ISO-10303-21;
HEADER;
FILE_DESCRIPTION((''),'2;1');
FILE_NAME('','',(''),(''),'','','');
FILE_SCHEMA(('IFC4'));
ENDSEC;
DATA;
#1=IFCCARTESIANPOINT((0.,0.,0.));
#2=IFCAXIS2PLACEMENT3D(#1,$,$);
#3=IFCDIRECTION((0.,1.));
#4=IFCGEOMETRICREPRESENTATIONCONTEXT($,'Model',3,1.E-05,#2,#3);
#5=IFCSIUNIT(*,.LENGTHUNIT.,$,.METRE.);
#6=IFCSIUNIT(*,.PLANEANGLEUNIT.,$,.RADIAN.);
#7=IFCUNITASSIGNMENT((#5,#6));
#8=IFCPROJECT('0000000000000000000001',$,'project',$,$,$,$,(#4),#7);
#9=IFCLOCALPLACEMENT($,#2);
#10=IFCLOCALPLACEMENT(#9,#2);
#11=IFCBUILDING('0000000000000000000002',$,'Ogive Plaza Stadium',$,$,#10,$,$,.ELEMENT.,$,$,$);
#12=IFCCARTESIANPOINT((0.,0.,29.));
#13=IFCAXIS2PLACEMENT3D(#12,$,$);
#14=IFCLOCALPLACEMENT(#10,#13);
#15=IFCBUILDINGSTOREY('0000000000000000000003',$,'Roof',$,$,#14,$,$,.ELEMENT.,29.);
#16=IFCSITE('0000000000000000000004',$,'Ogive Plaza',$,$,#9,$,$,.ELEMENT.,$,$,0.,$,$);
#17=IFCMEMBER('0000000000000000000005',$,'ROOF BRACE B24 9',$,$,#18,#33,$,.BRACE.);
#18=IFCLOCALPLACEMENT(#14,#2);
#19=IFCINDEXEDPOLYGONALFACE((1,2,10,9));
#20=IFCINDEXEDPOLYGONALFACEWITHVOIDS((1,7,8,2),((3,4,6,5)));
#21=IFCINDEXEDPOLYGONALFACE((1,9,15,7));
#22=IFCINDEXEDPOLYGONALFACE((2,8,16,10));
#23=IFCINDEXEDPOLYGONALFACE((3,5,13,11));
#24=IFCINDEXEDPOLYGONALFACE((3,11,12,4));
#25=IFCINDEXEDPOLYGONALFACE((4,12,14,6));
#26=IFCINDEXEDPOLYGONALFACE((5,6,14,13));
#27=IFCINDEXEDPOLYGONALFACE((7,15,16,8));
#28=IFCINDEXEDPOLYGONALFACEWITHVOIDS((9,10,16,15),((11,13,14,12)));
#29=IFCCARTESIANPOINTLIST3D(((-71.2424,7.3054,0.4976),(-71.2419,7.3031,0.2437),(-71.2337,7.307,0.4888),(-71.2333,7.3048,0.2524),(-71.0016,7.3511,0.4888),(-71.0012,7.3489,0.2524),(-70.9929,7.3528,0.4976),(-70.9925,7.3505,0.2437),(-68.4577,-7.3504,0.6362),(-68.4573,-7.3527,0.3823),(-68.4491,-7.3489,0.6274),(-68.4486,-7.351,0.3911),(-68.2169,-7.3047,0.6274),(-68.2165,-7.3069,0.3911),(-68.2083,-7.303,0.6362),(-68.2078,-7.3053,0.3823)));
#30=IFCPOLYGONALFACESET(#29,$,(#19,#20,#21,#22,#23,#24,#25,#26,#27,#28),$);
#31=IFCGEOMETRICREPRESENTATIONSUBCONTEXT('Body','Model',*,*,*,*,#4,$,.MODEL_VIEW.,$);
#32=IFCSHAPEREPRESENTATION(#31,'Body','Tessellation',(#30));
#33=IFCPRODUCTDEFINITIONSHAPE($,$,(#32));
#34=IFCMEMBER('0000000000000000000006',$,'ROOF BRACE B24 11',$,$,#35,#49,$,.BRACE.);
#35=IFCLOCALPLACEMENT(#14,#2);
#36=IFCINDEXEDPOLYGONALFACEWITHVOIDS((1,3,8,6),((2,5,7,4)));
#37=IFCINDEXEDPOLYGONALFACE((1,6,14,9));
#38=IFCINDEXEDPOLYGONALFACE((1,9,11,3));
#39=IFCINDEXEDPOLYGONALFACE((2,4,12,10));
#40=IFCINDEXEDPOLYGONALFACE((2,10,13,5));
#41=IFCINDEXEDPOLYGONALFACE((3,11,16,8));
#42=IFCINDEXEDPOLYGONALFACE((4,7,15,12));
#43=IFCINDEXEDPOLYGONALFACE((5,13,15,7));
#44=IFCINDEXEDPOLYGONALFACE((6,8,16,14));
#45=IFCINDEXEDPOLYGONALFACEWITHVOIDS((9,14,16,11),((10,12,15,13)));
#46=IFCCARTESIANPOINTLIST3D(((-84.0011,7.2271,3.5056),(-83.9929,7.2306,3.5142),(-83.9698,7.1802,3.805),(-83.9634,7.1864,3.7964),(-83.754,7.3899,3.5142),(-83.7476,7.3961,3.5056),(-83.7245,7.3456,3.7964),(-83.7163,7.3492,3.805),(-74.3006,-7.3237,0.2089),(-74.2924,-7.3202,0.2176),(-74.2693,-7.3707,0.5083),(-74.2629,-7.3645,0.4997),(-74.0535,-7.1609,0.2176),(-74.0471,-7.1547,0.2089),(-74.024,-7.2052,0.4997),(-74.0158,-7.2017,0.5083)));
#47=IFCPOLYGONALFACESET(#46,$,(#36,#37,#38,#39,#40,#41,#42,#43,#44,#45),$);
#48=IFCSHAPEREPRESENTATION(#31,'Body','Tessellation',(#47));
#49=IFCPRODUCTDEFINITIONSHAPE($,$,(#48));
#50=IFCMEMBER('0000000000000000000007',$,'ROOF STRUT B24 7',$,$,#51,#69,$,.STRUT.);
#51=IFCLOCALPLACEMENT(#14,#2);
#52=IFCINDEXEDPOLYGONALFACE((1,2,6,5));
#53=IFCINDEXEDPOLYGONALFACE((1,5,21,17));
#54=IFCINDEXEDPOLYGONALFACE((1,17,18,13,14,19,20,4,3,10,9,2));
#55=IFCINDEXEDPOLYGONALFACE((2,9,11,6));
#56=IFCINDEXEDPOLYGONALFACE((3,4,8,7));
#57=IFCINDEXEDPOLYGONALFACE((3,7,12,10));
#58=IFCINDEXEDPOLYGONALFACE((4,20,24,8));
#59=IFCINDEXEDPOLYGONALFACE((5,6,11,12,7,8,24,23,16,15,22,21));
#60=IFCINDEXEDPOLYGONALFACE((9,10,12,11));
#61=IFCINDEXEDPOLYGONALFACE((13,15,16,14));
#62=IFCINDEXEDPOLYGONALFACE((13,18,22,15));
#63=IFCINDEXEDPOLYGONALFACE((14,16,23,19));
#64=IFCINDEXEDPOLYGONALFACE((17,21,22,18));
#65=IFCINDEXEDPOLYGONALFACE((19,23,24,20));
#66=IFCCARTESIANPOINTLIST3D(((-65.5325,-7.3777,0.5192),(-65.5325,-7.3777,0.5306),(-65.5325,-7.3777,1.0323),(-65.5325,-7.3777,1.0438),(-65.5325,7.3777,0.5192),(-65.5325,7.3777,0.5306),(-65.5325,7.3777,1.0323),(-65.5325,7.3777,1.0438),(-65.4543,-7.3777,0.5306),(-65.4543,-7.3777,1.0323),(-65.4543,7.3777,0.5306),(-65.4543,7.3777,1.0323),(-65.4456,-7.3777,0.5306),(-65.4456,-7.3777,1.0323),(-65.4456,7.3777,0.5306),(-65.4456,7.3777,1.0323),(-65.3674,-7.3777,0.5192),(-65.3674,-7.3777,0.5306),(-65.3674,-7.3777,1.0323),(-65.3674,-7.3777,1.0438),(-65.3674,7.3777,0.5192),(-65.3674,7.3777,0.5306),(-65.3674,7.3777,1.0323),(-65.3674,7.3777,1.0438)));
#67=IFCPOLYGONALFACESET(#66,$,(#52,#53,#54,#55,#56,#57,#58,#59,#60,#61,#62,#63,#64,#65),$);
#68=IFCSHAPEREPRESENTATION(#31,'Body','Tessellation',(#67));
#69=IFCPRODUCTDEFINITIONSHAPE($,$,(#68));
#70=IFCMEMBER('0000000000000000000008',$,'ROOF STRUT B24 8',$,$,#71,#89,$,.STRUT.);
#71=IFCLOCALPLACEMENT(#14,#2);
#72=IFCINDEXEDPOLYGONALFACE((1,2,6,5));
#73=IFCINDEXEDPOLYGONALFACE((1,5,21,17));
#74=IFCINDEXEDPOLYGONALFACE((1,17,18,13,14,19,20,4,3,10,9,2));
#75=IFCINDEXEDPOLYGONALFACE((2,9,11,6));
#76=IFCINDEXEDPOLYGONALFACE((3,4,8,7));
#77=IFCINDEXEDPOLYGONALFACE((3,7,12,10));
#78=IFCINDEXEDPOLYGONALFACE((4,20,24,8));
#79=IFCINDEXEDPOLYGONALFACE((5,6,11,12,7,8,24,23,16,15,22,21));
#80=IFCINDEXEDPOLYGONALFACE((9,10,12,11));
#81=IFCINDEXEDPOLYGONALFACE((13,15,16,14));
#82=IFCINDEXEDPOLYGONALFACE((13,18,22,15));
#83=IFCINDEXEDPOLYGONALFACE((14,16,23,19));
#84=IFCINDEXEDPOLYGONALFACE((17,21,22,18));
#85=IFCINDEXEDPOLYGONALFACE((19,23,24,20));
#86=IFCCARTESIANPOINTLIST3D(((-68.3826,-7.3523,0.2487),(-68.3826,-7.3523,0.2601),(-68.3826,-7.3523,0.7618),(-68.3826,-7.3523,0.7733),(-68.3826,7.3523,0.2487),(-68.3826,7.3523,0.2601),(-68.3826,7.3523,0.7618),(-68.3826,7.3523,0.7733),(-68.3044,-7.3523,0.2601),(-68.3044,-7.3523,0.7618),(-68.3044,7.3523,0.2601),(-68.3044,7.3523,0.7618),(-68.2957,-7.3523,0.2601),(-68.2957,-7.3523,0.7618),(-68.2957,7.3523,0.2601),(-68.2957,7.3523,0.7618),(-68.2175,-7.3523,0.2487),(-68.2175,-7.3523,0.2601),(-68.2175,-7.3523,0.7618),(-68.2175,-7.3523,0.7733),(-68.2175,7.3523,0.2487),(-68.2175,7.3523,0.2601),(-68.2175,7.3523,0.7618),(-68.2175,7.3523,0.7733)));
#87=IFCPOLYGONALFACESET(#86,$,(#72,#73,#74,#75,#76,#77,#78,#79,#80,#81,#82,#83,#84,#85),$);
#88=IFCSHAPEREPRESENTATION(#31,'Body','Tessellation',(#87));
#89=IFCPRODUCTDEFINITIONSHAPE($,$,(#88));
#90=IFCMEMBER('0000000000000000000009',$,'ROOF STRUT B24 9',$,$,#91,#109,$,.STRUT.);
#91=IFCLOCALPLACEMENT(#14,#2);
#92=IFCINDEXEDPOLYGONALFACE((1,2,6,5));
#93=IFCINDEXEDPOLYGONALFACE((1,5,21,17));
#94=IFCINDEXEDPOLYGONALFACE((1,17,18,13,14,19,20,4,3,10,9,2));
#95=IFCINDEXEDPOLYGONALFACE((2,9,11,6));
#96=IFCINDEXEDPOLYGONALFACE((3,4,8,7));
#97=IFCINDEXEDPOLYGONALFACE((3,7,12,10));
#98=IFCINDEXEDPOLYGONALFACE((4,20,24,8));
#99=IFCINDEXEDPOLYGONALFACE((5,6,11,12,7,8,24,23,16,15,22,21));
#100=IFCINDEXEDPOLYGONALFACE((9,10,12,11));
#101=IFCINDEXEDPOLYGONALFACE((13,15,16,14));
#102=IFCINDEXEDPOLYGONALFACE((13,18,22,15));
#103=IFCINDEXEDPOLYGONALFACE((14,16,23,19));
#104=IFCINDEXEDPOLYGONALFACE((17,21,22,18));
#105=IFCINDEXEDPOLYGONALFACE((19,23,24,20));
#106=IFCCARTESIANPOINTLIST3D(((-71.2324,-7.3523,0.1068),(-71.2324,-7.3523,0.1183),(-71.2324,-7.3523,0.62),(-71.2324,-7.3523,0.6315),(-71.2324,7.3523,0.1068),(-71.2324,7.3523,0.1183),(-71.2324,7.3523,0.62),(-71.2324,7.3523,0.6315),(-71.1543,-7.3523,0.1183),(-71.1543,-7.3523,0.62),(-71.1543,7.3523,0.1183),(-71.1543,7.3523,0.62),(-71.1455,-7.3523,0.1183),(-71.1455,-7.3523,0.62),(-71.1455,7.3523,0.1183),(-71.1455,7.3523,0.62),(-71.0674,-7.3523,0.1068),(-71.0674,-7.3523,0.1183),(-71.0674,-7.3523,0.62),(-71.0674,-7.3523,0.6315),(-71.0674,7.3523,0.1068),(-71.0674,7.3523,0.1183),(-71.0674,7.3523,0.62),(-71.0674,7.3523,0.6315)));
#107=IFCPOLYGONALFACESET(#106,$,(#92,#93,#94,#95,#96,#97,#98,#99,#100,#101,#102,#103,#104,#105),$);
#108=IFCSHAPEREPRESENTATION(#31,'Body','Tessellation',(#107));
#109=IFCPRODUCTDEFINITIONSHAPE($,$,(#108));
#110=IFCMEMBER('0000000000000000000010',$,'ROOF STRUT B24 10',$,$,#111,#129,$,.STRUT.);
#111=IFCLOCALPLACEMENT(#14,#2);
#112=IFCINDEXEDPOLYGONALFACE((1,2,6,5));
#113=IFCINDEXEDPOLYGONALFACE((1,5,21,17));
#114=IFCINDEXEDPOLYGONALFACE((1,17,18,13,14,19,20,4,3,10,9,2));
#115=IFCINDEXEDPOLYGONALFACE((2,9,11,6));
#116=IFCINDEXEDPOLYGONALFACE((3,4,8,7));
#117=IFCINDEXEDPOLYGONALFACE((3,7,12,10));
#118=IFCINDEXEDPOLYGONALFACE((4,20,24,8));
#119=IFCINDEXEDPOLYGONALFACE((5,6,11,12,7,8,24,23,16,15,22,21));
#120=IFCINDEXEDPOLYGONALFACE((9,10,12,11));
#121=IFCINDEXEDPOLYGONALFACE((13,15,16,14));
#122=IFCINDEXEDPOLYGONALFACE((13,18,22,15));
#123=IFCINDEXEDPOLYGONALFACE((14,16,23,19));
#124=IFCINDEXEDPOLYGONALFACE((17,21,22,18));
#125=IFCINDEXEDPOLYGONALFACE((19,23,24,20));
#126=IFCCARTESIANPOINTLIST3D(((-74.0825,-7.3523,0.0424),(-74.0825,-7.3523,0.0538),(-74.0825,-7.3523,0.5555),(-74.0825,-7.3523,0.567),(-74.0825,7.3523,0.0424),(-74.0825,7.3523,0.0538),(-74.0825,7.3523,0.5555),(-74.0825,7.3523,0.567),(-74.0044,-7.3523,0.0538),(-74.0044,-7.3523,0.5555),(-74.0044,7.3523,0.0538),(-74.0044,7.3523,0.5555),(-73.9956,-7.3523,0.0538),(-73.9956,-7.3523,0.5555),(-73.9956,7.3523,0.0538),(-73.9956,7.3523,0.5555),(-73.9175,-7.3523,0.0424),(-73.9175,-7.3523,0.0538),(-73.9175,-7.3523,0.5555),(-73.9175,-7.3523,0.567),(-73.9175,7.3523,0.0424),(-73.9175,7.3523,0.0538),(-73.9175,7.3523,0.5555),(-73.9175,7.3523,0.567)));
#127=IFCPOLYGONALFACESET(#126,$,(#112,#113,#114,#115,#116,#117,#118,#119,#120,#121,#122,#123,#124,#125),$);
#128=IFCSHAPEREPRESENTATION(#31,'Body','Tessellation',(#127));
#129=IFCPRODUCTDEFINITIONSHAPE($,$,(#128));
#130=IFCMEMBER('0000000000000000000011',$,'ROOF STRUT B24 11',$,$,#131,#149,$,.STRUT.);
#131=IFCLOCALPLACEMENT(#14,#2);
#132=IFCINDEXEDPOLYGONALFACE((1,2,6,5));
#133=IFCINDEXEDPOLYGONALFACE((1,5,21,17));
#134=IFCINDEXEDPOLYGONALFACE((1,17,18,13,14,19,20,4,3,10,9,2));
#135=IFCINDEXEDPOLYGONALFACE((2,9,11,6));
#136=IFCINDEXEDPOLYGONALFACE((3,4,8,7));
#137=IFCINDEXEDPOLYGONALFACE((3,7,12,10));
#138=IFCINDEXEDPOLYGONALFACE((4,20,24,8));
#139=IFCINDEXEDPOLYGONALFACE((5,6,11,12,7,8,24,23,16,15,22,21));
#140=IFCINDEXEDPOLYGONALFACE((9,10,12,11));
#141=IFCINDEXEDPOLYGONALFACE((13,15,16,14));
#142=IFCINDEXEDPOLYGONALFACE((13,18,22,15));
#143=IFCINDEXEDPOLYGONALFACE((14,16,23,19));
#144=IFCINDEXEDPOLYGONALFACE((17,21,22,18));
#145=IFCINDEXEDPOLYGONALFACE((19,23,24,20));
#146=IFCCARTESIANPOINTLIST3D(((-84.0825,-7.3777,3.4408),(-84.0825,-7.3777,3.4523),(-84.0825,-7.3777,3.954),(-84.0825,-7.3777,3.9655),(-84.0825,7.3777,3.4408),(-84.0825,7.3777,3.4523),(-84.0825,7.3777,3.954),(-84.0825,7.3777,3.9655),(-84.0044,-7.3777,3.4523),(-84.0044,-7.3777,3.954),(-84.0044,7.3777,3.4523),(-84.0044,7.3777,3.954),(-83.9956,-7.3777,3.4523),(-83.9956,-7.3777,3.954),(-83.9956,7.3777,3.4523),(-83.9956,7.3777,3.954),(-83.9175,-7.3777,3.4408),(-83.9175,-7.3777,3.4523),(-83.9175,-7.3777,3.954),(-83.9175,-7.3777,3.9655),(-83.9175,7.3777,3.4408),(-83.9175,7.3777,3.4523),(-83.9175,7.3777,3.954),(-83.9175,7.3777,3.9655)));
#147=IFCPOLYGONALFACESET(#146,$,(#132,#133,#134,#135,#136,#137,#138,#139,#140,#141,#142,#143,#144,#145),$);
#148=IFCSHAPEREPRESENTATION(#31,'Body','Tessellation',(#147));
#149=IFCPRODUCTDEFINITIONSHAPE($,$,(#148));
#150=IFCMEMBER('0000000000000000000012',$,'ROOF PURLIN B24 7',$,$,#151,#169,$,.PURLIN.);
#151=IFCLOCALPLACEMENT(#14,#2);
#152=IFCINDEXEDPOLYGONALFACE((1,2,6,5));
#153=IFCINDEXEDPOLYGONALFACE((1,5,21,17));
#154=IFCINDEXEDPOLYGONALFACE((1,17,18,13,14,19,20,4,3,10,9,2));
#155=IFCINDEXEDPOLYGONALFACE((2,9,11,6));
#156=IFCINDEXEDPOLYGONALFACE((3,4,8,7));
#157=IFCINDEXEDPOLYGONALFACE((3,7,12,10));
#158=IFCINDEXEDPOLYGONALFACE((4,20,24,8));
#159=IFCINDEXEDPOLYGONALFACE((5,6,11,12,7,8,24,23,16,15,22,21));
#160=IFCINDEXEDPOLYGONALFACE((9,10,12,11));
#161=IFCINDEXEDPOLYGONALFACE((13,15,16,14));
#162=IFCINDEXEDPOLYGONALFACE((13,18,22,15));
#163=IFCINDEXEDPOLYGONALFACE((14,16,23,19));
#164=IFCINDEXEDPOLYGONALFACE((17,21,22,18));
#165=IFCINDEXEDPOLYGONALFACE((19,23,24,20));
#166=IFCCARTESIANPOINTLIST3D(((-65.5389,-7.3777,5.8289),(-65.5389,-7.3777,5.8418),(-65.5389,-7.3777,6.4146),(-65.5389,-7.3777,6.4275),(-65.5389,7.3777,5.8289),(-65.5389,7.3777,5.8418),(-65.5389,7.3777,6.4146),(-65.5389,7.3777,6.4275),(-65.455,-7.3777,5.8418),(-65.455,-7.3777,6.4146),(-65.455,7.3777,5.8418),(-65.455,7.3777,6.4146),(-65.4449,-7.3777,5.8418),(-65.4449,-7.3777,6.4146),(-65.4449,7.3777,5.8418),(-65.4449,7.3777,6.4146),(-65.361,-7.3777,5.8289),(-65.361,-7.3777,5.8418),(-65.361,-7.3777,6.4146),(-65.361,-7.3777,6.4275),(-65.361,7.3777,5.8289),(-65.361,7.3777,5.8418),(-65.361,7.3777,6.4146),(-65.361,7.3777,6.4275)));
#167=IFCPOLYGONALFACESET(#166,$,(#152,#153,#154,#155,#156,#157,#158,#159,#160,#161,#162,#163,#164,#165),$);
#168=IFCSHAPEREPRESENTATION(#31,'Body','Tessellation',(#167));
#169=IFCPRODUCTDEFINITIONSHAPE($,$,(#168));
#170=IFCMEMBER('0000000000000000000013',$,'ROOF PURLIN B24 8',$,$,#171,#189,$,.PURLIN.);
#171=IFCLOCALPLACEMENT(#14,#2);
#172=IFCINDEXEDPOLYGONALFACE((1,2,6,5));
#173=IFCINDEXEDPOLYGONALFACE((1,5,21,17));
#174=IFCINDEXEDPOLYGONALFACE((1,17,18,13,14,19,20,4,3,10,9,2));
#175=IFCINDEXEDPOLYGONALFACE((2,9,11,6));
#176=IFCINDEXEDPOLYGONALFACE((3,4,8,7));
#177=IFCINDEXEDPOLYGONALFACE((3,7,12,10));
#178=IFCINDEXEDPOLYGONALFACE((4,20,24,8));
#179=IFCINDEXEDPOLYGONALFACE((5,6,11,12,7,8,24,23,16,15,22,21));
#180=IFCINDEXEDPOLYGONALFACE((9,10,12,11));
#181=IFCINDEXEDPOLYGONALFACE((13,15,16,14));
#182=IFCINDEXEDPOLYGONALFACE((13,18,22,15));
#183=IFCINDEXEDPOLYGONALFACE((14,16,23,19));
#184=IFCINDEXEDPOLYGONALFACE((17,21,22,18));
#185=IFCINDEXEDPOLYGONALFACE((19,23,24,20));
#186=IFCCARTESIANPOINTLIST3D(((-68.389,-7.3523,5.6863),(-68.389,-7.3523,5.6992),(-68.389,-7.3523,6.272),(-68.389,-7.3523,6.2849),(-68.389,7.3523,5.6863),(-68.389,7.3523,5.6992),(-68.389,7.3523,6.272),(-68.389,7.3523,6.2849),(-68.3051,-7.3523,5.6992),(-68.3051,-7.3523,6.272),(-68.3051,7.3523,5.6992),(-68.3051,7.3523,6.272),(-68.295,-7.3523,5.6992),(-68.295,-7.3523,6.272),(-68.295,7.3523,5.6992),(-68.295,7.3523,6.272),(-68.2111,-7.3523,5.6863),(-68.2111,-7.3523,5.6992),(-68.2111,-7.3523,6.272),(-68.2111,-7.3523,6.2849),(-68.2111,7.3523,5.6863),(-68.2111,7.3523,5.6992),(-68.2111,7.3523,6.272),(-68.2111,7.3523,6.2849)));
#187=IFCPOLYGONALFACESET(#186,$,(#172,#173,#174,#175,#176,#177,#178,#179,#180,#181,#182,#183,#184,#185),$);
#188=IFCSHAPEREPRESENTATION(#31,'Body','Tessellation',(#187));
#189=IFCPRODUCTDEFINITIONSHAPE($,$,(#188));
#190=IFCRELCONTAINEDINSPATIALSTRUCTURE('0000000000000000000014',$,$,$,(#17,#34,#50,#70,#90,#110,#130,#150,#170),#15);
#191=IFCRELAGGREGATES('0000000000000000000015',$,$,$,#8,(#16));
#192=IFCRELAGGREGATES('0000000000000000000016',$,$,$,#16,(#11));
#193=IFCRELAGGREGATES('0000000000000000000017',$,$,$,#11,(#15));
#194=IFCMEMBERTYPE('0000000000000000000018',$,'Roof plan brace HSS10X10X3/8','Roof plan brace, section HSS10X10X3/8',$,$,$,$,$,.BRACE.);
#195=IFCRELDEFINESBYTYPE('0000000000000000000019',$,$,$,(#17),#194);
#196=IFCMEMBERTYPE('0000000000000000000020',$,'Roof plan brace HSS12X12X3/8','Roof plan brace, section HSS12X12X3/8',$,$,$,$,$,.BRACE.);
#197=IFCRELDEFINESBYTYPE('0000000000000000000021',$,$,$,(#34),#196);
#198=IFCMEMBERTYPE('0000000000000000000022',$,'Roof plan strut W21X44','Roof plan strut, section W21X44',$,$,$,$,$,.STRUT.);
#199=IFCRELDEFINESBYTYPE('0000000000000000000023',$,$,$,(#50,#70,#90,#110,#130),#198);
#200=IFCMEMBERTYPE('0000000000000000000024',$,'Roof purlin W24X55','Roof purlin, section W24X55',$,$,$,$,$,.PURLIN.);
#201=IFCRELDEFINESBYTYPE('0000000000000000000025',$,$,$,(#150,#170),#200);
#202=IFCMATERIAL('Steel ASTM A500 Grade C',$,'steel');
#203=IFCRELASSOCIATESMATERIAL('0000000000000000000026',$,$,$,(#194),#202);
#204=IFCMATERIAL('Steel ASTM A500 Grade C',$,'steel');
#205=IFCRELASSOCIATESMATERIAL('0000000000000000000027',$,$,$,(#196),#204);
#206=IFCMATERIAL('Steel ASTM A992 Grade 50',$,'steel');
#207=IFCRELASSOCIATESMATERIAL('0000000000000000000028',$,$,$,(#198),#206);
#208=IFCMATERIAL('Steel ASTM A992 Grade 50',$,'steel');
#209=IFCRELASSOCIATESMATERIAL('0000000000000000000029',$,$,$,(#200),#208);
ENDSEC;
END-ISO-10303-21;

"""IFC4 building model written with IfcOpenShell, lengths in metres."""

from ifc_helpers import new_model, si_unit, direction, frame, origin, origin_2d, place, context, subcontext, project, spatial, hollow_rectangle, i_section, extrude, material, material_profile, profile_set, type_object, element, save


model = new_model("IFC4")

# Units and contexts
model_context = context("Model", 3, precision=1e-05, world=origin(), true_north=direction((0.0, 1.0)))
body_context = subcontext(model_context, "Body", "Model", "MODEL_VIEW")
ifc_project = project(units=[si_unit("LENGTHUNIT", "METRE"), si_unit("PLANEANGLEUNIT", "RADIAN")], contexts=[model_context])

# Site, building, storey
site_placement = place(None, origin())
site = spatial("IfcSite", under=ifc_project, at=site_placement, Name="Ogive Plaza", CompositionType="ELEMENT", RefElevation=0.0)
building_placement = place(site_placement, origin())
building = spatial("IfcBuilding", under=site, at=building_placement, Name="Ogive Plaza Stadium", CompositionType="ELEMENT")
storey_placement = place(building_placement, frame((0.0, 0.0, 29.0)))
storey = spatial("IfcBuildingStorey", under=building, at=storey_placement, Name="Roof", CompositionType="ELEMENT", Elevation=29.0)

# Members
ifc_material_1 = material(Name="Steel ASTM A500 Grade C", Category="steel")
ifc_material_profile_1 = material_profile(ifc_material_1, hollow_rectangle(XDim=0.2539, YDim=0.2539, WallThickness=0.0088, at=origin_2d()), Name="HSS10X10X3/8")
ifc_profile_set_1 = profile_set([ifc_material_profile_1], Name="Steel ASTM A500 Grade C")
member_type_1 = type_object("IfcMemberType", Name="Roof plan brace HSS10X10X3/8", Description="Roof plan brace, section HSS10X10X3/8", PredefinedType="BRACE", material=ifc_profile_set_1)
member_1_placement = place(storey_placement, frame((-68.3328, -7.3279, 0.5093), z_axis=(-0.186657, 0.982381, -0.009295), x_axis=(-0.982424, -0.186665, 0.0)))
element("IfcMember", 1, at=member_1_placement, inside=storey, type_object=member_type_1, Name="ROOF BRACE B24 9", PredefinedType="BRACE", context=body_context, shape_type="SweptSolid", body=[
    extrude(hollow_rectangle(XDim=0.2539, YDim=0.2539, WallThickness=0.0088, at=origin_2d()), origin(), (0.0, 0.0, 1.0), 14.9187),
])
ifc_material_2 = material(Name="Steel ASTM A500 Grade C", Category="steel")
ifc_material_profile_2 = material_profile(ifc_material_2, hollow_rectangle(XDim=0.3047, YDim=0.3047, WallThickness=0.0088, at=origin_2d()), Name="HSS12X12X3/8")
ifc_profile_set_2 = profile_set([ifc_material_profile_2], Name="Steel ASTM A500 Grade C")
member_type_2 = type_object("IfcMemberType", Name="Roof plan brace HSS12X12X3/8", Description="Roof plan brace, section HSS12X12X3/8", PredefinedType="BRACE", material=ifc_profile_set_2)
member_2_placement = place(storey_placement, frame((-74.1582, -7.2627, 0.3586), z_axis=(-0.545096, 0.817651, 0.185247), x_axis=(-0.832052, -0.554697, 0.0)))
element("IfcMember", 2, at=member_2_placement, inside=storey, type_object=member_type_2, Name="ROOF BRACE B24 11", PredefinedType="BRACE", context=body_context, shape_type="SweptSolid", body=[
    extrude(hollow_rectangle(XDim=0.3047, YDim=0.3047, WallThickness=0.0088, at=origin_2d()), origin(), (0.0, 0.0, 1.0), 17.7959),
])
ifc_material_3 = material(Name="Steel ASTM A992 Grade 50", Category="steel")
ifc_material_profile_3 = material_profile(ifc_material_3, i_section(OverallWidth=0.165, OverallDepth=0.5247, WebThickness=0.0088, FlangeThickness=0.0115, at=origin_2d()), Name="W21X44")
ifc_profile_set_3 = profile_set([ifc_material_profile_3], Name="Steel ASTM A992 Grade 50")
member_type_3 = type_object("IfcMemberType", Name="Roof plan strut W21X44", Description="Roof plan strut, section W21X44", PredefinedType="STRUT", material=ifc_profile_set_3)
member_3_placement = place(storey_placement, frame((-65.45, -7.3777, 0.7815), z_axis=(0.0, 1.0, 0.0), x_axis=(-1.0, 0.0, 0.0)))
element("IfcMember", 3, at=member_3_placement, inside=storey, type_object=member_type_3, Name="ROOF STRUT B24 7", PredefinedType="STRUT", context=body_context, shape_type="SweptSolid", body=[
    extrude(i_section(OverallWidth=0.165, OverallDepth=0.5247, WebThickness=0.0088, FlangeThickness=0.0115, at=origin_2d()), origin(), (0.0, 0.0, 1.0), 14.7554),
])
for number, where, z_axis, x_axis, name in (
    (4, (-68.3, -7.3523, 0.511), (0.0, 1.0, 0.0), (-1.0, 0.0, 0.0), "ROOF STRUT B24 8"),
    (5, (-71.1499, -7.3523, 0.3691), (0.0, 1.0, 0.0), (-1.0, 0.0, 0.0), "ROOF STRUT B24 9"),
    (6, (-74.0, -7.3523, 0.3047), (0.0, 1.0, 0.0), (-1.0, 0.0, 0.0), "ROOF STRUT B24 10"),
):
    element("IfcMember", number, at=place(storey_placement, frame(where, z_axis=z_axis, x_axis=x_axis)), inside=storey, type_object=member_type_3, Name=name, PredefinedType="STRUT", context=body_context, shape_type="SweptSolid", body=[
        extrude(i_section(OverallWidth=0.165, OverallDepth=0.5247, WebThickness=0.0088, FlangeThickness=0.0115, at=origin_2d()), origin(), (0.0, 0.0, 1.0), 14.7046),
    ])
member_4_placement = place(storey_placement, frame((-84.0, -7.3777, 3.7031), z_axis=(0.0, 1.0, 0.0), x_axis=(-1.0, 0.0, 0.0)))
element("IfcMember", 7, at=member_4_placement, inside=storey, type_object=member_type_3, Name="ROOF STRUT B24 11", PredefinedType="STRUT", context=body_context, shape_type="SweptSolid", body=[
    extrude(i_section(OverallWidth=0.165, OverallDepth=0.5247, WebThickness=0.0088, FlangeThickness=0.0115, at=origin_2d()), origin(), (0.0, 0.0, 1.0), 14.7554),
])
ifc_material_4 = material(Name="Steel ASTM A992 Grade 50", Category="steel")
ifc_material_profile_4 = material_profile(ifc_material_4, i_section(OverallWidth=0.178, OverallDepth=0.5986, WebThickness=0.01, FlangeThickness=0.0129, at=origin_2d()), Name="W24X55")
ifc_profile_set_4 = profile_set([ifc_material_profile_4], Name="Steel ASTM A992 Grade 50")
member_type_4 = type_object("IfcMemberType", Name="Roof purlin W24X55", Description="Roof purlin, section W24X55", PredefinedType="PURLIN", material=ifc_profile_set_4)
member_5_placement = place(storey_placement, frame((-65.45, -7.3777, 6.1282), z_axis=(0.0, 1.0, 0.0), x_axis=(-1.0, 0.0, 0.0)))
element("IfcMember", 8, at=member_5_placement, inside=storey, type_object=member_type_4, Name="ROOF PURLIN B24 7", PredefinedType="PURLIN", context=body_context, shape_type="SweptSolid", body=[
    extrude(i_section(OverallWidth=0.178, OverallDepth=0.5986, WebThickness=0.01, FlangeThickness=0.0129, at=origin_2d()), origin(), (0.0, 0.0, 1.0), 14.7554),
])
for number, where, z_axis, x_axis, name in (
    (9, (-68.3, -7.3523, 5.9856), (0.0, 1.0, 0.0), (-1.0, 0.0, 0.0), "ROOF PURLIN B24 8"),
):
    element("IfcMember", number, at=place(storey_placement, frame(where, z_axis=z_axis, x_axis=x_axis)), inside=storey, type_object=member_type_4, Name=name, PredefinedType="PURLIN", context=body_context, shape_type="SweptSolid", body=[
        extrude(i_section(OverallWidth=0.178, OverallDepth=0.5986, WebThickness=0.01, FlangeThickness=0.0129, at=origin_2d()), origin(), (0.0, 0.0, 1.0), 14.7046),
    ])

save(model, "model.ifc")
